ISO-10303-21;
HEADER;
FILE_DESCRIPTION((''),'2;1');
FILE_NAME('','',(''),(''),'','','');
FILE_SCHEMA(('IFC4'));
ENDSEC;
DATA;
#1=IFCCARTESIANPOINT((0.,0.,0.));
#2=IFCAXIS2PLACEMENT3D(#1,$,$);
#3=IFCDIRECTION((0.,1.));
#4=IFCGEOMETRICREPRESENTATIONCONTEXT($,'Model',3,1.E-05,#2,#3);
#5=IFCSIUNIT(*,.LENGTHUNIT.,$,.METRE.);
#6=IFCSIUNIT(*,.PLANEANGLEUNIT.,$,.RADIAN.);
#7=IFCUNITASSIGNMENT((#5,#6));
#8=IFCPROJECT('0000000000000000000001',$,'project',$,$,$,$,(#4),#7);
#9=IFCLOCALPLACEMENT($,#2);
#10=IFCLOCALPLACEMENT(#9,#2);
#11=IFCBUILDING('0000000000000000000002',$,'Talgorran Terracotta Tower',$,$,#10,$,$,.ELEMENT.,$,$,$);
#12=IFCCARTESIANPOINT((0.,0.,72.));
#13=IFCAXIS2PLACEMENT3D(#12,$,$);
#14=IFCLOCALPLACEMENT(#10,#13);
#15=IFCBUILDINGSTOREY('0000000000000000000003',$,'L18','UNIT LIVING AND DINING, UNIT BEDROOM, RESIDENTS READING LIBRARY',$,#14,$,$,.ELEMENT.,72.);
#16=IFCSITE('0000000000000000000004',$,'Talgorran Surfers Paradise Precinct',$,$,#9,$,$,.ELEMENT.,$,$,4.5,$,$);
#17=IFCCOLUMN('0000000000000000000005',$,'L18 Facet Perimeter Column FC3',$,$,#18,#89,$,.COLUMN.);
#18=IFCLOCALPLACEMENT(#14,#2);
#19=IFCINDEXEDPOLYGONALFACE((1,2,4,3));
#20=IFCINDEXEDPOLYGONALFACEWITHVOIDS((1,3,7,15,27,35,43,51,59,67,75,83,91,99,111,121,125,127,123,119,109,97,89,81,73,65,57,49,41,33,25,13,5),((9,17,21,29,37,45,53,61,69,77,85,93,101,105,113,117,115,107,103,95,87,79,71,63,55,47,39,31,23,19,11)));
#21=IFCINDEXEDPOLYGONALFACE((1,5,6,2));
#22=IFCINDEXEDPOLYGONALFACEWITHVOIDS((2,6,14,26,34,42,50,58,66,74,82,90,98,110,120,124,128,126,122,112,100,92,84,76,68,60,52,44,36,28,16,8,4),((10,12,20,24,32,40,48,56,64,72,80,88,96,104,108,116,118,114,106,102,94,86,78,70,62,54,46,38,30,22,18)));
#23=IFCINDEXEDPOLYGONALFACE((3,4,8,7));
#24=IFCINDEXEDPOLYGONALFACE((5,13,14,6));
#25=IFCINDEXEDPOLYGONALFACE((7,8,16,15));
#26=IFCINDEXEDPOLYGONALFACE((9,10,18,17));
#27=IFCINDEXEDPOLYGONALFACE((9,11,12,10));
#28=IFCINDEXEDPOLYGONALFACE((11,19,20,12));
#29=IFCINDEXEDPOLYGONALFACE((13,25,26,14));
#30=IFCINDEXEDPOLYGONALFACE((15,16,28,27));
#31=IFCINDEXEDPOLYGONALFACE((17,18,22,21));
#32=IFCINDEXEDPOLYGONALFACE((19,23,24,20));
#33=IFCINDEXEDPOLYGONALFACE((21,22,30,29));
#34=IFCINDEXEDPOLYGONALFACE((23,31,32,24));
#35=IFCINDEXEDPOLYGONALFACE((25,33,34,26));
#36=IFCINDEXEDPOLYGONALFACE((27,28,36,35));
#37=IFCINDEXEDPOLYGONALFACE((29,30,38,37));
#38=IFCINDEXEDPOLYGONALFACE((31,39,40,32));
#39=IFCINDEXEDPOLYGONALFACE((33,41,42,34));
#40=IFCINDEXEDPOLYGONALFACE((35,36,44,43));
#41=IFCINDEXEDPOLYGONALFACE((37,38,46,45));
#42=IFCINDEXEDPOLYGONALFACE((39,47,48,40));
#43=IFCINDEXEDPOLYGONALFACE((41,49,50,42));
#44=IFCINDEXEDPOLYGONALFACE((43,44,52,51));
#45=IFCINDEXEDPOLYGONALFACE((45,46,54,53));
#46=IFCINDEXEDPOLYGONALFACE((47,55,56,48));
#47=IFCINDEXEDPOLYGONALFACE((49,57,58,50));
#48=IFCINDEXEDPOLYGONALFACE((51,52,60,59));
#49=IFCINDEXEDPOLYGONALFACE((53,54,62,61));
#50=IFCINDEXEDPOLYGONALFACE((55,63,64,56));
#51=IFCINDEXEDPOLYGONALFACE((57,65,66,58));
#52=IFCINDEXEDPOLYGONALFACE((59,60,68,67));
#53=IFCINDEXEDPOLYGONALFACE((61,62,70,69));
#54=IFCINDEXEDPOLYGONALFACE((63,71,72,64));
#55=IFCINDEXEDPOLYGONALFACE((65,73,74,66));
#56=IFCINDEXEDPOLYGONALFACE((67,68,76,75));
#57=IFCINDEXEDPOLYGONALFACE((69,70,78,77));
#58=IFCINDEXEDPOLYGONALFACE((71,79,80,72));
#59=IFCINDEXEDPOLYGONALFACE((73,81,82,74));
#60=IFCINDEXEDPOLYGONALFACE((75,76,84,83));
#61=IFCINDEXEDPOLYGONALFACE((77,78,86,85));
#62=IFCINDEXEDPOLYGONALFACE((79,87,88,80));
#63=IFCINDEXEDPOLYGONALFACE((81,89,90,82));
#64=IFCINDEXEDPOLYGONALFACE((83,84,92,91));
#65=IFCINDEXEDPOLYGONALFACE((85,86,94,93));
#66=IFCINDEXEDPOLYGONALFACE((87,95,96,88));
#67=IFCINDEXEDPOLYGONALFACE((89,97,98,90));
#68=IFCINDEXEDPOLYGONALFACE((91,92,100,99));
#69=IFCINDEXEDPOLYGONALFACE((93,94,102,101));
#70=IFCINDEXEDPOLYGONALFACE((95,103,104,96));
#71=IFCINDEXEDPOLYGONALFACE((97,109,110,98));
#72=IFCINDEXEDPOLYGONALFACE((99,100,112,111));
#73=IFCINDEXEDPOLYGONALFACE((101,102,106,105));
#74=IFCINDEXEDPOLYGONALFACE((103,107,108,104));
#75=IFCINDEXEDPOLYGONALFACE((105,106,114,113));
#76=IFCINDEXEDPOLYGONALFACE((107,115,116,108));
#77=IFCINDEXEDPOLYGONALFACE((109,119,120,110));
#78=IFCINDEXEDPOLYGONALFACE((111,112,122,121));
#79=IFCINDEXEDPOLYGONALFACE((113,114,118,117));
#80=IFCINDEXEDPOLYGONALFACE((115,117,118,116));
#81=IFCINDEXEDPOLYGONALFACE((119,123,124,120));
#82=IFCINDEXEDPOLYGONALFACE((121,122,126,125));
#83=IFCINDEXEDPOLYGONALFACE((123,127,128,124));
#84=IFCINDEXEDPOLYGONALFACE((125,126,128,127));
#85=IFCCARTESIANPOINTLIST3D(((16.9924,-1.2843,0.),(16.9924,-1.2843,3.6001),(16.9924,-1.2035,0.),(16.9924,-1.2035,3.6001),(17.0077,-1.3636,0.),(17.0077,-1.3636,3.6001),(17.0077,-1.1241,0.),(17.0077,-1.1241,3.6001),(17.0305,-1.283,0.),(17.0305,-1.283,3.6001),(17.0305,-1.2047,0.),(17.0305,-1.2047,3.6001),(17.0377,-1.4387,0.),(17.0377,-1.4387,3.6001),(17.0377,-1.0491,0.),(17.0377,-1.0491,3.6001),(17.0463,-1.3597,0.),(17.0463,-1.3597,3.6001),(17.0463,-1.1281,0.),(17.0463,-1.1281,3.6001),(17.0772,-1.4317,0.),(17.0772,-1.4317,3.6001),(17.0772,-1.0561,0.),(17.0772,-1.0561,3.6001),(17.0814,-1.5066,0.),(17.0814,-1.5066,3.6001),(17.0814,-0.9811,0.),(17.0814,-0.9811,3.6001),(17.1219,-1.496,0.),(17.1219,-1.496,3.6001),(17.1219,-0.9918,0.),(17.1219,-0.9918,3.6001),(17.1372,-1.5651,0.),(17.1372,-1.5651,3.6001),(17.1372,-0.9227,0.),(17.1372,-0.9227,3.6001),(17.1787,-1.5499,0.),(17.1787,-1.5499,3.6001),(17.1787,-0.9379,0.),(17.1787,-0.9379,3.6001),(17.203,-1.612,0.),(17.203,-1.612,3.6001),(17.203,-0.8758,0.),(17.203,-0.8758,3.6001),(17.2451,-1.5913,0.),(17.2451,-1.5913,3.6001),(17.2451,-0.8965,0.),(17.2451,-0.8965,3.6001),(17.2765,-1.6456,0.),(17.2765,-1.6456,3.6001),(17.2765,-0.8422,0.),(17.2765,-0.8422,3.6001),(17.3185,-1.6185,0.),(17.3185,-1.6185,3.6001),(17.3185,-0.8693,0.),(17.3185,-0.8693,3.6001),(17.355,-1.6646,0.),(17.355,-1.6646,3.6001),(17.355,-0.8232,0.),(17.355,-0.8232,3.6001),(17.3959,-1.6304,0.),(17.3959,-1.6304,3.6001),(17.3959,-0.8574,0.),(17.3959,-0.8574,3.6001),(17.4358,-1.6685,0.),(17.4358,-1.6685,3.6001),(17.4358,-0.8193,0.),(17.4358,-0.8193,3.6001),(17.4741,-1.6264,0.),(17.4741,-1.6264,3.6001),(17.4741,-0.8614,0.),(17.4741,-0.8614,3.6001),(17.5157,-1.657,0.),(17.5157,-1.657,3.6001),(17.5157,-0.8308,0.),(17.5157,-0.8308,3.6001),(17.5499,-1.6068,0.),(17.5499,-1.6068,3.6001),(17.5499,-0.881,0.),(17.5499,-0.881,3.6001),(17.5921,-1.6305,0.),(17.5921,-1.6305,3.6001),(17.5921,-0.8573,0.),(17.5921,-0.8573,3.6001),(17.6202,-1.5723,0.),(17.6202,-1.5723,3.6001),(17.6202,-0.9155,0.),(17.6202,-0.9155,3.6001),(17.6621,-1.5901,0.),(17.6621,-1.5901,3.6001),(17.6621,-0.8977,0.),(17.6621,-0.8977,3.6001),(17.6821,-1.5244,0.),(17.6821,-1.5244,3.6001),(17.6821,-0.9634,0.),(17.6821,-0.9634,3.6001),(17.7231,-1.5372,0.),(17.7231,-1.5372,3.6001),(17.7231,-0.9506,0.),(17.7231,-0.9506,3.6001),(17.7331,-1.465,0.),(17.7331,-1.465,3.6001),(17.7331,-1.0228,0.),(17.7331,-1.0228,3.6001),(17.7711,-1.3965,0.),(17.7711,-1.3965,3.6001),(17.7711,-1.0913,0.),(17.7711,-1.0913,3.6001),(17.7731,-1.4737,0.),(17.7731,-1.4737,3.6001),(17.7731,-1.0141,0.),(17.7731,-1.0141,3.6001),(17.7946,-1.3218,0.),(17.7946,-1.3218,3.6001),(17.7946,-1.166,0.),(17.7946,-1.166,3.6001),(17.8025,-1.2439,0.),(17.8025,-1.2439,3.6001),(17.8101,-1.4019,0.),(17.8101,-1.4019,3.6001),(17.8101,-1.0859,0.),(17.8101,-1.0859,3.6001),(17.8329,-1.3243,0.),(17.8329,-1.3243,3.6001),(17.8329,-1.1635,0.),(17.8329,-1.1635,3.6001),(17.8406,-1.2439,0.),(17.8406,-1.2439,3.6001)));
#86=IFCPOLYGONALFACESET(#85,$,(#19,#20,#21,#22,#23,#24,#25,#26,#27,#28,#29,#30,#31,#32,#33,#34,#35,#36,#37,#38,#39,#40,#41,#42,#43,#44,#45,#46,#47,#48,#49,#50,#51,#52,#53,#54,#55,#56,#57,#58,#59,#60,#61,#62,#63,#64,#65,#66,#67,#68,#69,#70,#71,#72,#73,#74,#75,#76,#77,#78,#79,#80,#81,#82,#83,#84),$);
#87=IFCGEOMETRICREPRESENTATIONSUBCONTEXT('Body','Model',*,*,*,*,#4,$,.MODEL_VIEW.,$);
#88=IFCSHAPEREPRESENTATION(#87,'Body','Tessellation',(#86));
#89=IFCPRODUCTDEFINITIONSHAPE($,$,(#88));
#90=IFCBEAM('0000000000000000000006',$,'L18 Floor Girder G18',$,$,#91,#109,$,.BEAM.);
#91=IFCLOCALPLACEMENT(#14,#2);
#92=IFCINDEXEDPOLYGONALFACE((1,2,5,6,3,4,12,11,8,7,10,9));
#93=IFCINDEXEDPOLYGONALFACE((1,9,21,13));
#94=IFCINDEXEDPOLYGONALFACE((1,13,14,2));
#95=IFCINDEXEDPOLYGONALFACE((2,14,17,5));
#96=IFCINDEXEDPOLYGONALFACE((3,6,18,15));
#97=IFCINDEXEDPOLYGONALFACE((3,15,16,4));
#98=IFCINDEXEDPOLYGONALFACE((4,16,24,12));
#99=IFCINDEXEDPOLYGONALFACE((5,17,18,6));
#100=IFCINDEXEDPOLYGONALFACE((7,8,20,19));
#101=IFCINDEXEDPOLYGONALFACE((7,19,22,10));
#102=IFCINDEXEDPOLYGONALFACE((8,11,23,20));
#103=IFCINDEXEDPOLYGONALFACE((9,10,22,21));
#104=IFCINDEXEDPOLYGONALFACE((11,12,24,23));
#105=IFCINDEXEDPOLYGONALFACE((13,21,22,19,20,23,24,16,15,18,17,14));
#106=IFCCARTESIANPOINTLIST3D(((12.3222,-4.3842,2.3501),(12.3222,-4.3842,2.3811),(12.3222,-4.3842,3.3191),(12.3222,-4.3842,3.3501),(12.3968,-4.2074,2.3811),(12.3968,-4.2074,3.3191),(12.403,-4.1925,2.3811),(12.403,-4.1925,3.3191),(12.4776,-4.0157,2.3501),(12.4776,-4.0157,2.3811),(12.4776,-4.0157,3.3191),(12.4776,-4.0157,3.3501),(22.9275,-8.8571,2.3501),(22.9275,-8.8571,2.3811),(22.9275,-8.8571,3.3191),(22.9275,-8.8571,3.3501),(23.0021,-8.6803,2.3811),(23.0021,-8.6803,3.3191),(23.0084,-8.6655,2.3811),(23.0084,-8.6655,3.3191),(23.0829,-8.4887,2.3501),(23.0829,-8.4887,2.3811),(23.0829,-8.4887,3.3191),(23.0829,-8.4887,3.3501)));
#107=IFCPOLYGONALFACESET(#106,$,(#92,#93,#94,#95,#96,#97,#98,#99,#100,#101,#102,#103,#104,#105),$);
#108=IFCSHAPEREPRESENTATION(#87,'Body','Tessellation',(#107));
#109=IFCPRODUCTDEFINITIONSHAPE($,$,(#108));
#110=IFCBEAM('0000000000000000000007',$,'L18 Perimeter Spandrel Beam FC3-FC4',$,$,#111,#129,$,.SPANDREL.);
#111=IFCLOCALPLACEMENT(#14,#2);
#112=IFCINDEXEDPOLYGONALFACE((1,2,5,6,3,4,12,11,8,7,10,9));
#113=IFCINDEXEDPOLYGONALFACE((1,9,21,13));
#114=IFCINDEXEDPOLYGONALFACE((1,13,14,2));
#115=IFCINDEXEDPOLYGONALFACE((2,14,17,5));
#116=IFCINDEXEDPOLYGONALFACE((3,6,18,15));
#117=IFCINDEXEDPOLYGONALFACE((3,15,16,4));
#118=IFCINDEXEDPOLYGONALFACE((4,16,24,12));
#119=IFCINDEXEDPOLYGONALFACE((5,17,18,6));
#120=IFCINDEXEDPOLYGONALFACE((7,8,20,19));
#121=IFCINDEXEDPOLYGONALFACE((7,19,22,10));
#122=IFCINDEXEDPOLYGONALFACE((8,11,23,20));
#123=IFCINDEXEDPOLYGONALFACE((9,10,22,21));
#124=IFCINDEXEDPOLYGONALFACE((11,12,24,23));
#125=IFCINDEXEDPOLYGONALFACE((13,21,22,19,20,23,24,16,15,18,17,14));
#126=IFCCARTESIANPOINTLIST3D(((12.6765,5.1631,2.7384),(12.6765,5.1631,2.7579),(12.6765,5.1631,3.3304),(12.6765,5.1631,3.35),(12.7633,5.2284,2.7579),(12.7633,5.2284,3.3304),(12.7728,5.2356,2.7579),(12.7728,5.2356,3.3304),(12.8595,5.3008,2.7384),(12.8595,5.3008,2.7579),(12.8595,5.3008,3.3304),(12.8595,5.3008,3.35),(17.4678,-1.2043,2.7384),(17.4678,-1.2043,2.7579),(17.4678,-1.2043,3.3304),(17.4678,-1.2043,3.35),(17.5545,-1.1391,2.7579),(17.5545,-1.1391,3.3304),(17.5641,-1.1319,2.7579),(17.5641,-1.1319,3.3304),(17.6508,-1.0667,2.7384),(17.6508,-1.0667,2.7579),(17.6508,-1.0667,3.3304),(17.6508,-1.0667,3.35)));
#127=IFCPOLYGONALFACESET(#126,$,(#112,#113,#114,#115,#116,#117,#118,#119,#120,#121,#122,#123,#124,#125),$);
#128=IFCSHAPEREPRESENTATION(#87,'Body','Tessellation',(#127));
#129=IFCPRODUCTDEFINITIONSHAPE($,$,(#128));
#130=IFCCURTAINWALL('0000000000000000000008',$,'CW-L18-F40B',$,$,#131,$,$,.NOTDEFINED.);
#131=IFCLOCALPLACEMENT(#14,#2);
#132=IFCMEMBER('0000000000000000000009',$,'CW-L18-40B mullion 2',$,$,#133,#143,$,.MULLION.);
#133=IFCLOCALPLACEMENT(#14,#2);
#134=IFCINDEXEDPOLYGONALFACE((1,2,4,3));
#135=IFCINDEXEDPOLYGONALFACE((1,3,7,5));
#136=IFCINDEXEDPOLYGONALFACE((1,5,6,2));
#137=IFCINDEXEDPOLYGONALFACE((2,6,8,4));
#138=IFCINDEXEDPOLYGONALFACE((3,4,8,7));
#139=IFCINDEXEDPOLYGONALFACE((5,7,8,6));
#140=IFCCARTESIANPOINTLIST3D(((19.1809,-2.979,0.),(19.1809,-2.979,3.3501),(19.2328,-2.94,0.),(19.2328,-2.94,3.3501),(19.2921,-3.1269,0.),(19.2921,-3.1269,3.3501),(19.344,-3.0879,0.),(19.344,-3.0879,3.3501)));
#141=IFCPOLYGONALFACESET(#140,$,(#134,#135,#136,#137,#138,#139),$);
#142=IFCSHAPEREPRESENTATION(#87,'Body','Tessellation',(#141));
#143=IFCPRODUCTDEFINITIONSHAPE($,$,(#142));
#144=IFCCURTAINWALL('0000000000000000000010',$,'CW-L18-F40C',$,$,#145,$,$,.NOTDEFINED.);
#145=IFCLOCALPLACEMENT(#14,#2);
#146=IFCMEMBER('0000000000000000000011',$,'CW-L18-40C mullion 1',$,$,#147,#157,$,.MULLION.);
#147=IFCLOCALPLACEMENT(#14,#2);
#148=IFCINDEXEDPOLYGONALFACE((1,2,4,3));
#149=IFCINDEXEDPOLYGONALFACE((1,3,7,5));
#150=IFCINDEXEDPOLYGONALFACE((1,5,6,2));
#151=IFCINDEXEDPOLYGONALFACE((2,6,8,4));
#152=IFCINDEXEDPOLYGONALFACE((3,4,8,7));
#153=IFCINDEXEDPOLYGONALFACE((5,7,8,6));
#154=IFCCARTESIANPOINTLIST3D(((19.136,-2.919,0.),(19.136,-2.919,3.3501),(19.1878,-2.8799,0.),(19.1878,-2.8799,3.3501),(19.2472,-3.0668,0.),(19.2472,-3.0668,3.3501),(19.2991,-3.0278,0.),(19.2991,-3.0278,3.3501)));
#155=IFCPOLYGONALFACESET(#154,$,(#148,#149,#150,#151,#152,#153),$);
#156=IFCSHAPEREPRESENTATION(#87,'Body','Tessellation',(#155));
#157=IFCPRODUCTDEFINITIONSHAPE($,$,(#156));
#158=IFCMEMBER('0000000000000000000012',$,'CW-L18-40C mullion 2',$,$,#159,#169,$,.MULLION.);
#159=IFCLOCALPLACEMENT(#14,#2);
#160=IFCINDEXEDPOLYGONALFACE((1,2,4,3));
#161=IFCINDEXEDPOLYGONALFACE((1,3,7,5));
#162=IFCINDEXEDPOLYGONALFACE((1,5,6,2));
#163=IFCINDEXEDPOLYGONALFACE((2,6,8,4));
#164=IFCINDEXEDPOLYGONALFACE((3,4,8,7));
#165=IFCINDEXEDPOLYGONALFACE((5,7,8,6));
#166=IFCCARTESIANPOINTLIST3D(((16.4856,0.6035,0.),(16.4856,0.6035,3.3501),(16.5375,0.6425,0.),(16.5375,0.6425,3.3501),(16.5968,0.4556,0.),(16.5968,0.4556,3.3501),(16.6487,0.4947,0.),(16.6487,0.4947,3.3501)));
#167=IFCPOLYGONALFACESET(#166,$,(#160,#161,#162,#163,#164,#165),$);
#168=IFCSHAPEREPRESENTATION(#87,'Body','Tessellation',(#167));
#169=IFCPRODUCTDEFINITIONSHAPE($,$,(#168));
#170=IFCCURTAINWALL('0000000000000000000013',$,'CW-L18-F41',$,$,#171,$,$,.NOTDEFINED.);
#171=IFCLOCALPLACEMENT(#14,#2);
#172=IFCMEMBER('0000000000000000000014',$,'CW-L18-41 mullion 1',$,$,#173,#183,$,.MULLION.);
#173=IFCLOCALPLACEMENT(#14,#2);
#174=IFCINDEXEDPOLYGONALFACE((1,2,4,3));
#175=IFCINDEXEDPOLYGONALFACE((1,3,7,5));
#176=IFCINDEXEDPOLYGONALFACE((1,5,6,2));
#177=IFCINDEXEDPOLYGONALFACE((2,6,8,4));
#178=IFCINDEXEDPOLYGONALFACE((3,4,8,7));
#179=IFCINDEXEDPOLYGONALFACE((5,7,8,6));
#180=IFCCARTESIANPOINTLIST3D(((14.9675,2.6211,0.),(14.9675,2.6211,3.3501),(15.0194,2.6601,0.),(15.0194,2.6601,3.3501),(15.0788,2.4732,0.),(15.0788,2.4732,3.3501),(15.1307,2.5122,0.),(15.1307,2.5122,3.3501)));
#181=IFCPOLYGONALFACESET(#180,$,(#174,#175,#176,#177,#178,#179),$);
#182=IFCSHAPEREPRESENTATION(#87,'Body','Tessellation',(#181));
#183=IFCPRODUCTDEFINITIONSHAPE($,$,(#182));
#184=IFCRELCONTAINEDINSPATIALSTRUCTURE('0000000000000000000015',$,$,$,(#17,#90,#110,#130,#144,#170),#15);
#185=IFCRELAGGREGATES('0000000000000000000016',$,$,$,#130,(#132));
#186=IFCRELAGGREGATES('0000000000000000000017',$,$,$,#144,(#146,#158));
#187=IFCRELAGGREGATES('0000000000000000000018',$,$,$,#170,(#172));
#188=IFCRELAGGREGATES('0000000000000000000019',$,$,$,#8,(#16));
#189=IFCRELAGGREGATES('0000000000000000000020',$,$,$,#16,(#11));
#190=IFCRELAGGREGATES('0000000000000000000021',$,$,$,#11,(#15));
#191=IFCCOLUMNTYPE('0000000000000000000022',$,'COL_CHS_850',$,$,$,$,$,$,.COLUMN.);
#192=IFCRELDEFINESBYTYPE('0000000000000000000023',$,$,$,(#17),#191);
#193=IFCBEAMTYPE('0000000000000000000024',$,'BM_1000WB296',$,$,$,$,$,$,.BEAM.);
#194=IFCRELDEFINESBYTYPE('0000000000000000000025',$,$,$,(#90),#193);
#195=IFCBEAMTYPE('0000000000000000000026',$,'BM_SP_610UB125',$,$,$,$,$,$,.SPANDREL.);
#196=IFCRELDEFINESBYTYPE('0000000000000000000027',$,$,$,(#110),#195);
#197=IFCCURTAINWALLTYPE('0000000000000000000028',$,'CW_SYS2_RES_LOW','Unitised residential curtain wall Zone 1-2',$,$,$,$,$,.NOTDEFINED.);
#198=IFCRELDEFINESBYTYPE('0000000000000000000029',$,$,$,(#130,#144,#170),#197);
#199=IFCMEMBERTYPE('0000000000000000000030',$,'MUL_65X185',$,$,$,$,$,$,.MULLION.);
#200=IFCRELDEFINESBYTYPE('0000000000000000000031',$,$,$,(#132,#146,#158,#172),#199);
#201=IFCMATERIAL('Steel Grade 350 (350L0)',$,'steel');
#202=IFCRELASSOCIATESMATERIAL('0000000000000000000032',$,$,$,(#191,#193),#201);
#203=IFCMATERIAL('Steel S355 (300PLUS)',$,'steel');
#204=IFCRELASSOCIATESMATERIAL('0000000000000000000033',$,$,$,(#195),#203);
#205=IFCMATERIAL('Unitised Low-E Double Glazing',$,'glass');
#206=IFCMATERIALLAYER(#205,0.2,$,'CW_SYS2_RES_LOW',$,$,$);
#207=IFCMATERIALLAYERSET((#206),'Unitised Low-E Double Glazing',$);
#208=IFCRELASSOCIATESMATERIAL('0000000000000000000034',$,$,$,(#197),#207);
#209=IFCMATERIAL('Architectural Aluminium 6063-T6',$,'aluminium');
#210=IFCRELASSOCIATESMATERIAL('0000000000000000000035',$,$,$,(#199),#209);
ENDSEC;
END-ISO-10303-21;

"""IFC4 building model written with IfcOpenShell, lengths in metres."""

from ifc_helpers import new_model, si_unit, direction, frame, origin, origin_2d, place, context, subcontext, project, spatial, rectangle, hollow_circle, i_section, extrude, material, layer, layer_set, material_profile, profile_set, type_object, element, aggregate, save


model = new_model("IFC4")

# Units and contexts
model_context = context("Model", 3, precision=1e-05, world=origin(), true_north=direction((0.0, 1.0)))
body_context = subcontext(model_context, "Body", "Model", "MODEL_VIEW")
ifc_project = project(units=[si_unit("LENGTHUNIT", "METRE"), si_unit("PLANEANGLEUNIT", "RADIAN")], contexts=[model_context])

# Site, building, storey
site_placement = place(None, origin())
site = spatial("IfcSite", under=ifc_project, at=site_placement, Name="Talgorran Surfers Paradise Precinct", CompositionType="ELEMENT", RefElevation=4.5)
building_placement = place(site_placement, origin())
building = spatial("IfcBuilding", under=site, at=building_placement, Name="Talgorran Terracotta Tower", CompositionType="ELEMENT")
storey_placement = place(building_placement, frame((0.0, 0.0, 72.0)))
storey = spatial("IfcBuildingStorey", under=building, at=storey_placement, Name="L18", Description="UNIT LIVING AND DINING, UNIT BEDROOM, RESIDENTS READING LIBRARY", CompositionType="ELEMENT", Elevation=72.0)

# Column
ifc_material_1 = material(Name="Steel Grade 350 (350L0)", Category="steel")
ifc_material_profile_1 = material_profile(ifc_material_1, hollow_circle(Radius=0.425, WallThickness=0.0381, at=origin_2d()), Name="CHS850X38")
ifc_profile_set_1 = profile_set([ifc_material_profile_1], Name="Steel Grade 350 (350L0)")
column_type = type_object("IfcColumnType", Name="COL_CHS_850", PredefinedType="COLUMN", material=ifc_profile_set_1)
column_placement = place(storey_placement, frame((17.4155, -1.2439, 0.0), z_axis=(0.0, 0.0, 1.0), x_axis=(1.0, 0.0, 0.0)))
element("IfcColumn", 1, at=column_placement, inside=storey, type_object=column_type, Name="L18 Facet Perimeter Column FC3", PredefinedType="COLUMN", context=body_context, shape_type="SweptSolid", body=[
    extrude(hollow_circle(Radius=0.425, WallThickness=0.0381, at=origin_2d()), origin(), (0.0, 0.0, 1.0), 3.6001),
])

# Beams
ifc_material_profile_2 = material_profile(ifc_material_1, i_section(OverallWidth=0.3999, OverallDepth=1.0, WebThickness=0.0161, FlangeThickness=0.031, at=origin_2d()), Name="1000WB296")
ifc_profile_set_2 = profile_set([ifc_material_profile_2], Name="Steel Grade 350 (350L0)")
beam_type_1 = type_object("IfcBeamType", Name="BM_1000WB296", PredefinedType="BEAM", material=ifc_profile_set_2)
beam_1_placement = place(storey_placement, frame((12.3999, -4.2, 2.8501), z_axis=(0.921401, -0.388614, 0.0), x_axis=(0.388614, 0.921401, 0.0)))
element("IfcBeam", 2, at=beam_1_placement, inside=storey, type_object=beam_type_1, Name="L18 Floor Girder G18", PredefinedType="BEAM", context=body_context, shape_type="SweptSolid", body=[
    extrude(i_section(OverallWidth=0.3999, OverallDepth=1.0, WebThickness=0.0161, FlangeThickness=0.031, at=origin_2d()), origin(), (0.0, 0.0, 1.0), 11.51),
])
ifc_material_2 = material(Name="Steel S355 (300PLUS)", Category="steel")
ifc_material_profile_3 = material_profile(ifc_material_2, i_section(OverallWidth=0.229, OverallDepth=0.6116, WebThickness=0.012, FlangeThickness=0.0195, at=origin_2d()), Name="610UB125")
ifc_profile_set_3 = profile_set([ifc_material_profile_3], Name="Steel S355 (300PLUS)")
beam_type_2 = type_object("IfcBeamType", Name="BM_SP_610UB125", PredefinedType="SPANDREL", material=ifc_profile_set_3)
beam_2_placement = place(storey_placement, frame((17.5593, -1.1355, 3.0442), z_axis=(-0.601259, 0.799054, 0.0), x_axis=(-0.799054, -0.601259, 0.0)))
element("IfcBeam", 3, at=beam_2_placement, inside=storey, type_object=beam_type_2, Name="L18 Perimeter Spandrel Beam FC3-FC4", PredefinedType="SPANDREL", context=body_context, shape_type="SweptSolid", body=[
    extrude(i_section(OverallWidth=0.229, OverallDepth=0.6116, WebThickness=0.012, FlangeThickness=0.0195, at=origin_2d()), origin(), (0.0, 0.0, 1.0), 7.9688),
])

# Curtain wall, member
ifc_material_3 = material(Name="Unitised Low-E Double Glazing", Category="glass")
ifc_layer_1 = layer(ifc_material_3, 0.2, Name="CW_SYS2_RES_LOW")
ifc_layer_set_1 = layer_set([ifc_layer_1], Name="Unitised Low-E Double Glazing")
curtain_wall_type = type_object("IfcCurtainWallType", Name="CW_SYS2_RES_LOW", Description="Unitised residential curtain wall Zone 1-2", PredefinedType="NOTDEFINED", material=ifc_layer_set_1)
curtain_wall_1_placement = place(storey_placement, origin())
curtain_wall_1 = element("IfcCurtainWall", 4, at=curtain_wall_1_placement, inside=storey, type_object=curtain_wall_type, Name="CW-L18-F40B", PredefinedType="NOTDEFINED")
ifc_material_4 = material(Name="Architectural Aluminium 6063-T6", Category="aluminium")
ifc_material_profile_4 = material_profile(ifc_material_4, rectangle(XDim=0.0649, YDim=0.1851, at=origin_2d()), Name="CWM65X185")
ifc_profile_set_4 = profile_set([ifc_material_profile_4], Name="Architectural Aluminium 6063-T6")
member_type_1 = type_object("IfcMemberType", Name="MUL_65X185", PredefinedType="MULLION", material=ifc_profile_set_4)
member_1_placement = place(storey_placement, frame((19.2625, -3.0334, 0.0), z_axis=(0.0, 0.0, 1.0), x_axis=(-0.799063, -0.601248, 0.0)))
member_1 = element("IfcMember", 5, at=member_1_placement, type_object=member_type_1, Name="CW-L18-40B mullion 2", PredefinedType="MULLION", context=body_context, shape_type="SweptSolid", body=[
    extrude(rectangle(XDim=0.0649, YDim=0.1851, at=origin_2d()), origin(), (0.0, 0.0, 1.0), 3.3501),
])

# Curtain wall, members
curtain_wall_2_placement = place(storey_placement, origin())
curtain_wall_2 = element("IfcCurtainWall", 6, at=curtain_wall_2_placement, inside=storey, type_object=curtain_wall_type, Name="CW-L18-F40C", PredefinedType="NOTDEFINED")
member_2_placement = place(storey_placement, frame((19.2175, -2.9734, 0.0), z_axis=(0.0, 0.0, 1.0), x_axis=(-0.799065, -0.601244, 0.0)))
member_2 = element("IfcMember", 7, at=member_2_placement, type_object=member_type_1, Name="CW-L18-40C mullion 1", PredefinedType="MULLION", context=body_context, shape_type="SweptSolid", body=[
    extrude(rectangle(XDim=0.0649, YDim=0.1851, at=origin_2d()), origin(), (0.0, 0.0, 1.0), 3.3501),
])
member_3_placement = place(storey_placement, frame((16.5671, 0.5491, 0.0), z_axis=(0.0, 0.0, 1.0), x_axis=(-0.799065, -0.601244, 0.0)))
member_3 = element("IfcMember", 8, at=member_3_placement, type_object=member_type_1, Name="CW-L18-40C mullion 2", PredefinedType="MULLION", context=body_context, shape_type="SweptSolid", body=[
    extrude(rectangle(XDim=0.0649, YDim=0.1851, at=origin_2d()), origin(), (0.0, 0.0, 1.0), 3.3501),
])

# Curtain wall, member
curtain_wall_3_placement = place(storey_placement, origin())
curtain_wall_3 = element("IfcCurtainWall", 9, at=curtain_wall_3_placement, inside=storey, type_object=curtain_wall_type, Name="CW-L18-F41", PredefinedType="NOTDEFINED")
member_4_placement = place(storey_placement, frame((15.0491, 2.5667, 0.0), z_axis=(0.0, 0.0, 1.0), x_axis=(-0.799064, -0.601246, 0.0)))
member_4 = element("IfcMember", 10, at=member_4_placement, type_object=member_type_1, Name="CW-L18-41 mullion 1", PredefinedType="MULLION", context=body_context, shape_type="SweptSolid", body=[
    extrude(rectangle(XDim=0.0649, YDim=0.1851, at=origin_2d()), origin(), (0.0, 0.0, 1.0), 3.3501),
])

aggregate(curtain_wall_1, [member_1])
aggregate(curtain_wall_2, [member_2, member_3])
aggregate(curtain_wall_3, [member_4])

save(model, "model.ifc")
